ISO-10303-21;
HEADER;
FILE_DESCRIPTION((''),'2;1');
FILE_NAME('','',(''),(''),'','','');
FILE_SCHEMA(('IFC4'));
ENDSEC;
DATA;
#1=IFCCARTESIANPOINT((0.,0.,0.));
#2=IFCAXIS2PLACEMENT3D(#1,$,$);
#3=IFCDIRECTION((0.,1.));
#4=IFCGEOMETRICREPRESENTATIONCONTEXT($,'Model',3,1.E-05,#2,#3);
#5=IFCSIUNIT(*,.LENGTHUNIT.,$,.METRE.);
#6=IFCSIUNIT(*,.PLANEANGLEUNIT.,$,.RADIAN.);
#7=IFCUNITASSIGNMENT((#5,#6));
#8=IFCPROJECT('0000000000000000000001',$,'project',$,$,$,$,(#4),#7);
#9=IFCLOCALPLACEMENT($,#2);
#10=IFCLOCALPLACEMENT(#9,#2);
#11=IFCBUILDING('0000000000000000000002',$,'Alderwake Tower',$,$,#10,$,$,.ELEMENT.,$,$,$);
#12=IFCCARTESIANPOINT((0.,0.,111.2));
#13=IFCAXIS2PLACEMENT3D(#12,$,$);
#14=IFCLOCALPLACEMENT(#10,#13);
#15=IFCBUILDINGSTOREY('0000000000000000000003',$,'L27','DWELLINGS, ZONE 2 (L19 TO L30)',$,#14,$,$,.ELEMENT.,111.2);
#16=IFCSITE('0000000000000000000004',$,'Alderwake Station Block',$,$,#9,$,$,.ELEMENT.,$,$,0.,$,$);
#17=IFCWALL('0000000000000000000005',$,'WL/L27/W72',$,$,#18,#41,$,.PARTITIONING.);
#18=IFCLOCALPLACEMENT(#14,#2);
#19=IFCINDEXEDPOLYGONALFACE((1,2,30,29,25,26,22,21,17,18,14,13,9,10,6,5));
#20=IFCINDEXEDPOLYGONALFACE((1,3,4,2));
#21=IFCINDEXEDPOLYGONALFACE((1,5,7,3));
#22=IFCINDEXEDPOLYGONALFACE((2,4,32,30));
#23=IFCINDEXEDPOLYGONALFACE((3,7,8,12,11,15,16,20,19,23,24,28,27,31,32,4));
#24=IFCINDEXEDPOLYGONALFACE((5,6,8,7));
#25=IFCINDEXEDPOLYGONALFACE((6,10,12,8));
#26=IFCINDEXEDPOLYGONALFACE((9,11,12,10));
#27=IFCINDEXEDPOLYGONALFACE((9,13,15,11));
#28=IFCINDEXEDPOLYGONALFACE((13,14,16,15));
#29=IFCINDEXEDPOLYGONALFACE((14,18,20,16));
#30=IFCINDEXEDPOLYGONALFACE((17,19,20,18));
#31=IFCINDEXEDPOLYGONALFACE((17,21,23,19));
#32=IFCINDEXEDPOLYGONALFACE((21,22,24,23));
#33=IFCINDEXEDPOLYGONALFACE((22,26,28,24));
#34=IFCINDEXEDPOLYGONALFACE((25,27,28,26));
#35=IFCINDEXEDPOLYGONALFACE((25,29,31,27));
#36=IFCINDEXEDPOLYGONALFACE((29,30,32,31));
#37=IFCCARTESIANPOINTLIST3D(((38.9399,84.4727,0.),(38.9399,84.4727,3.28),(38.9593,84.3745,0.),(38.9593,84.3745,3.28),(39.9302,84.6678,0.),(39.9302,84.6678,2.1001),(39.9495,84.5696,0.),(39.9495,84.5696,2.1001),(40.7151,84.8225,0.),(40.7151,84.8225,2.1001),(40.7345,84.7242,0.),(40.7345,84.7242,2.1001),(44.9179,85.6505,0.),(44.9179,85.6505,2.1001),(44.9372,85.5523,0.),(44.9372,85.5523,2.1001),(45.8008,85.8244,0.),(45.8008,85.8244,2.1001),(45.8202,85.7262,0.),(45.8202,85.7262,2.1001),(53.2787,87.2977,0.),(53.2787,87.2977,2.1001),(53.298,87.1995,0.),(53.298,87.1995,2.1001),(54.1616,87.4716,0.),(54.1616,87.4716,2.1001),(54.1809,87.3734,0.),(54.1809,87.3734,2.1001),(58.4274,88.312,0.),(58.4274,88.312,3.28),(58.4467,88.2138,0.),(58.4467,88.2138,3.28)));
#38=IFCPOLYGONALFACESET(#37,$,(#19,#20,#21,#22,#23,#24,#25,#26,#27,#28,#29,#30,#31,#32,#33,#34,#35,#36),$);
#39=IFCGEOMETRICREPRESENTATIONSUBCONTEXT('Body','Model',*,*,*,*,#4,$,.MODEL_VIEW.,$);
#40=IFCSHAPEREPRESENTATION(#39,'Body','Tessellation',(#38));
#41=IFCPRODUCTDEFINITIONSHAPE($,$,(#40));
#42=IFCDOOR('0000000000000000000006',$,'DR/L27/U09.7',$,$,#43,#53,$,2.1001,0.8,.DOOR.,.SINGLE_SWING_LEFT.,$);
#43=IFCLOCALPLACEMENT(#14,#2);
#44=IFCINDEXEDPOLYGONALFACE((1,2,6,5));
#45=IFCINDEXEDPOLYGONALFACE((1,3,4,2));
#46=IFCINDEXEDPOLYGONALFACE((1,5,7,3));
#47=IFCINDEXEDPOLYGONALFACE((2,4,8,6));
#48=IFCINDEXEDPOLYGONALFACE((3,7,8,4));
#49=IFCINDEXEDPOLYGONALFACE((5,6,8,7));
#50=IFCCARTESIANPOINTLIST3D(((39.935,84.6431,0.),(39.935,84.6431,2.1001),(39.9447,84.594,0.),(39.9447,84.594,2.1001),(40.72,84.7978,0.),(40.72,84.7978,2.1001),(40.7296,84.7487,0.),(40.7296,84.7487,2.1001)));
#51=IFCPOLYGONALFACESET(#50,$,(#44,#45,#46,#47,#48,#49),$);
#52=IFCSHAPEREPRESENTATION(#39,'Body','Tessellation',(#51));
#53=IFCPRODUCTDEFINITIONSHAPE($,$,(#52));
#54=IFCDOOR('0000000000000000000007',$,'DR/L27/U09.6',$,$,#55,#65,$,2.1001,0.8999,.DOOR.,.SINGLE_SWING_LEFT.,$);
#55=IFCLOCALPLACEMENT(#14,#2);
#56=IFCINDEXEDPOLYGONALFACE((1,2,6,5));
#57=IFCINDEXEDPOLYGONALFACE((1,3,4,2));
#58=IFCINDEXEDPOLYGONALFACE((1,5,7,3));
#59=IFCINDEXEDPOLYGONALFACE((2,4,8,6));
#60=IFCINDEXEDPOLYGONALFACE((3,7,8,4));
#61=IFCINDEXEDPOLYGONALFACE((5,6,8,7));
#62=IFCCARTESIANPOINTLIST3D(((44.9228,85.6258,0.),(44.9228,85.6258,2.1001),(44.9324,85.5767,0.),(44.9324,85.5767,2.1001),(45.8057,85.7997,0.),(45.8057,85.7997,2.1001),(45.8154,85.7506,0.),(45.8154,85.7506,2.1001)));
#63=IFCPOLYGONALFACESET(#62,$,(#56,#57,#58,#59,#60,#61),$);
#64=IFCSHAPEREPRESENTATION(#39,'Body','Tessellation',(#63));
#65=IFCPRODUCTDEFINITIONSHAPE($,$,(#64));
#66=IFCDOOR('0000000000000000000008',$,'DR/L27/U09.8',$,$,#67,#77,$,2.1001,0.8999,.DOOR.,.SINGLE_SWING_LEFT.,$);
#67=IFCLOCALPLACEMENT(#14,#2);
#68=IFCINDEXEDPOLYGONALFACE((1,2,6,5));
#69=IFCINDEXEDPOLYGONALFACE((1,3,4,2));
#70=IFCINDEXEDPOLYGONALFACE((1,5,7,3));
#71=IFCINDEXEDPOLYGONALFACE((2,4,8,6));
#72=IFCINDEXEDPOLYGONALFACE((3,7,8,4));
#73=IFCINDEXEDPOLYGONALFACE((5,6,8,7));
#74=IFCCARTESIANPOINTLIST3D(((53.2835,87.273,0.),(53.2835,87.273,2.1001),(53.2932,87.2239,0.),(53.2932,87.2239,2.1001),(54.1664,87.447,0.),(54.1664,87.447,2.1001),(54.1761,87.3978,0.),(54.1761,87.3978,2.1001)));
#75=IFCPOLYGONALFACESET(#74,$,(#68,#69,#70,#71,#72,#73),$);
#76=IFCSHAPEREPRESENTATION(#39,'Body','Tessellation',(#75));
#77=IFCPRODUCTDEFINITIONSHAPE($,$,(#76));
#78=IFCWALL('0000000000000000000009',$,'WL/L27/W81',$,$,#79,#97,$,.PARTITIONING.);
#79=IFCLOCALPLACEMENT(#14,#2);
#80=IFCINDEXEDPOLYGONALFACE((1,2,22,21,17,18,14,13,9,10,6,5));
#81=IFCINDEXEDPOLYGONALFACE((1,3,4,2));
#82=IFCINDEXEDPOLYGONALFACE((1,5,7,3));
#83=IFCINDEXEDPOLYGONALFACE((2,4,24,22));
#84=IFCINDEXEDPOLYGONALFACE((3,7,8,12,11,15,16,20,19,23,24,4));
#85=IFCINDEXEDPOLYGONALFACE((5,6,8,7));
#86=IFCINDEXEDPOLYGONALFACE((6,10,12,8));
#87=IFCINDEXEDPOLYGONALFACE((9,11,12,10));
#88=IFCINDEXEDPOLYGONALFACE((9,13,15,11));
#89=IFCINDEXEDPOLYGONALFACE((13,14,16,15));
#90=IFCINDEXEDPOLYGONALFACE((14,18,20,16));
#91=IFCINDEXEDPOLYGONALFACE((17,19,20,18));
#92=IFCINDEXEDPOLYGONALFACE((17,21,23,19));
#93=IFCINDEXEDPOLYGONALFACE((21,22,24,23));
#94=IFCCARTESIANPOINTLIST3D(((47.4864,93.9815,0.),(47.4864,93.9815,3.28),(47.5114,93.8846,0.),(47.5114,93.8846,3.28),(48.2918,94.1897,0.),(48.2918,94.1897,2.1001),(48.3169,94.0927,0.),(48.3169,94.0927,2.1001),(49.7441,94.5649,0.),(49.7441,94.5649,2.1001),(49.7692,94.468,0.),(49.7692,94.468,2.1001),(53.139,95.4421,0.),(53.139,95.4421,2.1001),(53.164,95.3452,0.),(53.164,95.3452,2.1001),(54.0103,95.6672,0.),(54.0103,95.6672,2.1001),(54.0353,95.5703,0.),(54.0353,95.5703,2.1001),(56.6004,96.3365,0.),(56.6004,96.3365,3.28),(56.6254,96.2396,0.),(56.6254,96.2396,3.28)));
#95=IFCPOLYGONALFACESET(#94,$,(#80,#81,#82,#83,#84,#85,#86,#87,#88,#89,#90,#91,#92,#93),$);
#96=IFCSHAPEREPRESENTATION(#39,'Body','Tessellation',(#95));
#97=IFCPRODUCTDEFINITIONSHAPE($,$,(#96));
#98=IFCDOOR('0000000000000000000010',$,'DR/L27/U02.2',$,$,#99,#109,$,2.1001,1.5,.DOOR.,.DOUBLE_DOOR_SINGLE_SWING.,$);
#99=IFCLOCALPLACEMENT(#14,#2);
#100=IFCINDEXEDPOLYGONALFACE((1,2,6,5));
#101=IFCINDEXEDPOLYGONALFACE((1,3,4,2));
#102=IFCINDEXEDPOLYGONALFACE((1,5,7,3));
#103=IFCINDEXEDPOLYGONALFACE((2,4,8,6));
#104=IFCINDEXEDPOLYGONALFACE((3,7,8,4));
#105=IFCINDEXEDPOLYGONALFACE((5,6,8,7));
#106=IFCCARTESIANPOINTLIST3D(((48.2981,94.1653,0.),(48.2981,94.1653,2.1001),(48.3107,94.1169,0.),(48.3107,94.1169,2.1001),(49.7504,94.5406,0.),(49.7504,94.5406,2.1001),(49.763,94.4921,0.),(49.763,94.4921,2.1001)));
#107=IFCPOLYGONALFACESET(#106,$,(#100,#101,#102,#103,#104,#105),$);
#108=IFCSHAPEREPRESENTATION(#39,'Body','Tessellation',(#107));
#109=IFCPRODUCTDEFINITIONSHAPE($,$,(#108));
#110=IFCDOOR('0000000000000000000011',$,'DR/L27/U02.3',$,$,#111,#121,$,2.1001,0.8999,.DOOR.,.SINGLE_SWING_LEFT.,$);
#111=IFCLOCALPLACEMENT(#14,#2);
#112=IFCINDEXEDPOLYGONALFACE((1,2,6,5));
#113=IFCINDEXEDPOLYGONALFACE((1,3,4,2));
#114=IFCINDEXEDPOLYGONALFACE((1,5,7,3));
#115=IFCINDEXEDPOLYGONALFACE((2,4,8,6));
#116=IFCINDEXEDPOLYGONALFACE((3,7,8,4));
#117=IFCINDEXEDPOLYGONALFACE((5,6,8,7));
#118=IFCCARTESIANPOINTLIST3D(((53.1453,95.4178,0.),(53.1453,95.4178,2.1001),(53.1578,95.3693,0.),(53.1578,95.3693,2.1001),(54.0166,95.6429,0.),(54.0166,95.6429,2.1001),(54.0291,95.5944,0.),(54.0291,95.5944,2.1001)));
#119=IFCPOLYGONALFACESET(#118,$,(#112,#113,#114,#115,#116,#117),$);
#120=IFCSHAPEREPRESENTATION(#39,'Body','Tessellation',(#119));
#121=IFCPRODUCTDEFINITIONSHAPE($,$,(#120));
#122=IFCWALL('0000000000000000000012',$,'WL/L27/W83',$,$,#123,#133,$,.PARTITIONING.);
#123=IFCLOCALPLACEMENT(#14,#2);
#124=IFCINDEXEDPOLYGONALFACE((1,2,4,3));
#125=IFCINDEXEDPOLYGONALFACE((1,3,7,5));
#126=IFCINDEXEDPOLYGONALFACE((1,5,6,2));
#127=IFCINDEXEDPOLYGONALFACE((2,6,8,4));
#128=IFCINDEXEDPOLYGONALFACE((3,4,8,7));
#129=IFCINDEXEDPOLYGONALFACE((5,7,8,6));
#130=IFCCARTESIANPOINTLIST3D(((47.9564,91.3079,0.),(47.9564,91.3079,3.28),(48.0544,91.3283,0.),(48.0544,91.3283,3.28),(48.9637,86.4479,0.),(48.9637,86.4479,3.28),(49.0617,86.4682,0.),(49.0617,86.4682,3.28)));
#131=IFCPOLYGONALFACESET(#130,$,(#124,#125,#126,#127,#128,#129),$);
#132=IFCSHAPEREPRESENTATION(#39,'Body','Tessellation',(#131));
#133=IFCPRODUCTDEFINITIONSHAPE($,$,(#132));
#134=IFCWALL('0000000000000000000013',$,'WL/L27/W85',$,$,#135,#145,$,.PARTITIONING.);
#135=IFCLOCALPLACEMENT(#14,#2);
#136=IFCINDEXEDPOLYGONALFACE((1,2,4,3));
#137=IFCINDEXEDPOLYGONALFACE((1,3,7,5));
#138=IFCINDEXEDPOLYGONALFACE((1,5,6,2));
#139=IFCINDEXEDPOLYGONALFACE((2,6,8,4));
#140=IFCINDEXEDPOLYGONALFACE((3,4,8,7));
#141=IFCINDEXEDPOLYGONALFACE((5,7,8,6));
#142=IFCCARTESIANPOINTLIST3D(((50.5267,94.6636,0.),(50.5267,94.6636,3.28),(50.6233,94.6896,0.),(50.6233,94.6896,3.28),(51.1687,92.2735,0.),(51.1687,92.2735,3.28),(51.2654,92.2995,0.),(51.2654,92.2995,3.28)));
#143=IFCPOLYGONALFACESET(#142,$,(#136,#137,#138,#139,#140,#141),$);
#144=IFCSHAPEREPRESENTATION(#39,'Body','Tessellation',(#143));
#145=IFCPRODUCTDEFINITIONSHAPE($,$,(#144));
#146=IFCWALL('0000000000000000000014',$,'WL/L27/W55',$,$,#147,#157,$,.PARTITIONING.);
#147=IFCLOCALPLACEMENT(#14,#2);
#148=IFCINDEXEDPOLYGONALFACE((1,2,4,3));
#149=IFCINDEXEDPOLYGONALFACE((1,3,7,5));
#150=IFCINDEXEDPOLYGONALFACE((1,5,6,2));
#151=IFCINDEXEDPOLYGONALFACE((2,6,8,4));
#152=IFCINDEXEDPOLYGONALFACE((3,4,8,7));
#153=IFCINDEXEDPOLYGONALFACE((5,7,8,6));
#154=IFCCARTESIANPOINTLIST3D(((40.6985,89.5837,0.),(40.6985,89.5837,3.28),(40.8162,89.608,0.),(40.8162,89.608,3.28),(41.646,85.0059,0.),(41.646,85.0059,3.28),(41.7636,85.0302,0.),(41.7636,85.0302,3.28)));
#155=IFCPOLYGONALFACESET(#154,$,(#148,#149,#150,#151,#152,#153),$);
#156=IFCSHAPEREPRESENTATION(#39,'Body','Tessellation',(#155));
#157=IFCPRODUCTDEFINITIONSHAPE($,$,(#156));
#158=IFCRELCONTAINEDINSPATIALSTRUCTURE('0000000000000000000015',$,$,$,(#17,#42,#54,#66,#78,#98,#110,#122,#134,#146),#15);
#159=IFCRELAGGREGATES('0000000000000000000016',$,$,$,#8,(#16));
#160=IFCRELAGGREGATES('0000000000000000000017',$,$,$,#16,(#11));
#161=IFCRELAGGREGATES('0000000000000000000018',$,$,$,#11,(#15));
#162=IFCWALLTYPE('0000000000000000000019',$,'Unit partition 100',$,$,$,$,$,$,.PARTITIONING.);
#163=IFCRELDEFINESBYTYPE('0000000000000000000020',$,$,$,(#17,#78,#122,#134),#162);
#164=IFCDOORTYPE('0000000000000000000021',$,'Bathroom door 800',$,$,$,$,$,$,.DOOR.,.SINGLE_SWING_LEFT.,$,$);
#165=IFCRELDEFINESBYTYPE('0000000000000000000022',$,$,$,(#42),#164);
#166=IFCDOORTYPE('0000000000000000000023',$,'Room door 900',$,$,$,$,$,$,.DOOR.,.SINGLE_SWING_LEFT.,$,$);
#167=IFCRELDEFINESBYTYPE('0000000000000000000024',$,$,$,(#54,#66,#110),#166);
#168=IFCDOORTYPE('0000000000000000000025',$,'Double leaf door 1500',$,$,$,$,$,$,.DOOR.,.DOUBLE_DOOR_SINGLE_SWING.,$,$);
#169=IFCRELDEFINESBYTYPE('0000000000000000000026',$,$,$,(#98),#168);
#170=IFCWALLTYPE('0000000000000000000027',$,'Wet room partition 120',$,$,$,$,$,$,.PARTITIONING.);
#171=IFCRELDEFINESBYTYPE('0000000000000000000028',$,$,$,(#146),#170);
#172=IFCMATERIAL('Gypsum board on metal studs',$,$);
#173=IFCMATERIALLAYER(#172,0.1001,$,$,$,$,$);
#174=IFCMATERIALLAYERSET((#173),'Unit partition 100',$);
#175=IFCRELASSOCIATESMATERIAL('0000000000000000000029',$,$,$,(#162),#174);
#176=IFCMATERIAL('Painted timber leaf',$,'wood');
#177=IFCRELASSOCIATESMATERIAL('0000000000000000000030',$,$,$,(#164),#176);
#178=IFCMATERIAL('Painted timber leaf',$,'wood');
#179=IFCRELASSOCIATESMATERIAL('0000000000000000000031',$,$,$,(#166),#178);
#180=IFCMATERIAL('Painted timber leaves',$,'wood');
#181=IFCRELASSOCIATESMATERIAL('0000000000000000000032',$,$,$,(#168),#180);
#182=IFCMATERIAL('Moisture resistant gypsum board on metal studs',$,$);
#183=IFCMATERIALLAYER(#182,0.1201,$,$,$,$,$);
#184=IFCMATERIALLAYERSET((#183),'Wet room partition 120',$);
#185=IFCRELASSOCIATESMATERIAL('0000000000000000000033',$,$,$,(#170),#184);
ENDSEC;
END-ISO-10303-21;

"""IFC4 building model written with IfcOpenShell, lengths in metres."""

from ifc_helpers import new_model, si_unit, direction, frame, frame_2d, origin, place, context, subcontext, project, spatial, rectangle, extrude, material, layer, layer_set, type_object, element, fill, save


model = new_model("IFC4")

# Units and contexts
model_context = context("Model", 3, precision=1e-05, world=origin(), true_north=direction((0.0, 1.0)))
body_context = subcontext(model_context, "Body", "Model", "MODEL_VIEW")
ifc_project = project(units=[si_unit("LENGTHUNIT", "METRE"), si_unit("PLANEANGLEUNIT", "RADIAN")], contexts=[model_context])

# Site, building, storey
site_placement = place(None, origin())
site = spatial("IfcSite", under=ifc_project, at=site_placement, Name="Alderwake Station Block", CompositionType="ELEMENT", RefElevation=0.0)
building_placement = place(site_placement, origin())
building = spatial("IfcBuilding", under=site, at=building_placement, Name="Alderwake Tower", CompositionType="ELEMENT")
storey_placement = place(building_placement, frame((0.0, 0.0, 111.2)))
storey = spatial("IfcBuildingStorey", under=building, at=storey_placement, Name="L27", Description="DWELLINGS, ZONE 2 (L19 TO L30)", CompositionType="ELEMENT", Elevation=111.2)

# Walls, openings, doors
ifc_material_1 = material(Name="Gypsum board on metal studs")
ifc_layer_1 = layer(ifc_material_1, 0.1001)
ifc_layer_set_1 = layer_set([ifc_layer_1], Name="Unit partition 100")
wall_type_1 = type_object("IfcWallType", Name="Unit partition 100", PredefinedType="PARTITIONING", material=ifc_layer_set_1)
wall_1_placement = place(storey_placement, frame((38.9495, 84.4236, 0.0), z_axis=(0.0, 0.0, 1.0), x_axis=(0.98114, 0.1933, 0.0)))
wall_1 = element("IfcWall", 1, at=wall_1_placement, inside=storey, type_object=wall_type_1, Name="WL/L27/W72", PredefinedType="PARTITIONING", context=body_context, shape_type="SweptSolid", body=[
    extrude(rectangle(XDim=19.8621, YDim=0.1001, at=frame_2d((9.9312, 0.0))), origin(), (0.0, 0.0, 1.0), 3.28),
])
opening_1_placement = place(wall_1_placement, frame((6.093, 0.0, 0.0)))
opening_1 = element("IfcOpeningElement", 2, at=opening_1_placement, cuts=wall_1, PredefinedType="OPENING", context=body_context, shape_type="SweptSolid", body=[
    extrude(rectangle(XDim=0.8999, YDim=2.1001, at=frame_2d((0.45, 1.05))), frame((0.0, 0.0601, 0.0), z_axis=(0.0, -1.0, 0.0), x_axis=(1.0, 0.0, 0.0)), (0.0, 0.0, 1.0), 0.1201),
])
opening_2_placement = place(wall_1_placement, frame((1.0095, 0.0, 0.0)))
opening_2 = element("IfcOpeningElement", 3, at=opening_2_placement, cuts=wall_1, PredefinedType="OPENING", context=body_context, shape_type="SweptSolid", body=[
    extrude(rectangle(XDim=0.8, YDim=2.1001, at=frame_2d((0.3999, 1.05))), frame((0.0, 0.0601, 0.0), z_axis=(0.0, -1.0, 0.0), x_axis=(1.0, 0.0, 0.0)), (0.0, 0.0, 1.0), 0.1201),
])
opening_3_placement = place(wall_1_placement, frame((14.6145, 0.0, 0.0)))
opening_3 = element("IfcOpeningElement", 4, at=opening_3_placement, cuts=wall_1, PredefinedType="OPENING", context=body_context, shape_type="SweptSolid", body=[
    extrude(rectangle(XDim=0.8999, YDim=2.1001, at=frame_2d((0.45, 1.05))), frame((0.0, 0.0601, 0.0), z_axis=(0.0, -1.0, 0.0), x_axis=(1.0, 0.0, 0.0)), (0.0, 0.0, 1.0), 0.1201),
])
ifc_material_2 = material(Name="Painted timber leaf", Category="wood")
door_type_1 = type_object("IfcDoorType", Name="Bathroom door 800", OperationType="SINGLE_SWING_LEFT", PredefinedType="DOOR", material=ifc_material_2)
door_1_placement = place(opening_2_placement, origin())
door_1 = element("IfcDoor", 5, at=door_1_placement, inside=storey, type_object=door_type_1, Name="DR/L27/U09.7", OperationType="SINGLE_SWING_LEFT", OverallHeight=2.1001, OverallWidth=0.8, PredefinedType="DOOR", context=body_context, shape_type="SweptSolid", body=[
    extrude(rectangle(XDim=0.8, YDim=2.1001, at=frame_2d((0.3999, 1.05))), frame((0.0, 0.0249, 0.0), z_axis=(0.0, -1.0, 0.0), x_axis=(1.0, 0.0, 0.0)), (0.0, 0.0, 1.0), 0.05),
])
fill(opening_2, door_1)
ifc_material_3 = material(Name="Painted timber leaf", Category="wood")
door_type_2 = type_object("IfcDoorType", Name="Room door 900", OperationType="SINGLE_SWING_LEFT", PredefinedType="DOOR", material=ifc_material_3)
door_2_placement = place(opening_1_placement, origin())
door_2 = element("IfcDoor", 6, at=door_2_placement, inside=storey, type_object=door_type_2, Name="DR/L27/U09.6", OperationType="SINGLE_SWING_LEFT", OverallHeight=2.1001, OverallWidth=0.8999, PredefinedType="DOOR", context=body_context, shape_type="SweptSolid", body=[
    extrude(rectangle(XDim=0.8999, YDim=2.1001, at=frame_2d((0.45, 1.05))), frame((0.0, 0.0249, 0.0), z_axis=(0.0, -1.0, 0.0), x_axis=(1.0, 0.0, 0.0)), (0.0, 0.0, 1.0), 0.05),
])
fill(opening_1, door_2)
door_3_placement = place(opening_3_placement, origin())
door_3 = element("IfcDoor", 7, at=door_3_placement, inside=storey, type_object=door_type_2, Name="DR/L27/U09.8", OperationType="SINGLE_SWING_LEFT", OverallHeight=2.1001, OverallWidth=0.8999, PredefinedType="DOOR", context=body_context, shape_type="SweptSolid", body=[
    extrude(rectangle(XDim=0.8999, YDim=2.1001, at=frame_2d((0.45, 1.05))), frame((0.0, 0.0249, 0.0), z_axis=(0.0, -1.0, 0.0), x_axis=(1.0, 0.0, 0.0)), (0.0, 0.0, 1.0), 0.05),
])
fill(opening_3, door_3)
wall_2_placement = place(storey_placement, frame((47.499, 93.9331, 0.0), z_axis=(0.0, 0.0, 1.0), x_axis=(0.968201, 0.250175, 0.0)))
wall_2 = element("IfcWall", 8, at=wall_2_placement, inside=storey, type_object=wall_type_1, Name="WL/L27/W81", PredefinedType="PARTITIONING", context=body_context, shape_type="SweptSolid", body=[
    extrude(rectangle(XDim=9.4133, YDim=0.1001, at=frame_2d((4.7065, 0.0))), origin(), (0.0, 0.0, 1.0), 3.28),
])
opening_4_placement = place(wall_2_placement, frame((0.8318, 0.0, 0.0)))
opening_4 = element("IfcOpeningElement", 9, at=opening_4_placement, cuts=wall_2, PredefinedType="OPENING", context=body_context, shape_type="SweptSolid", body=[
    extrude(rectangle(XDim=1.5, YDim=2.1001, at=frame_2d((0.75, 1.05))), frame((0.0, 0.0601, 0.0), z_axis=(0.0, -1.0, 0.0), x_axis=(1.0, 0.0, 0.0)), (0.0, 0.0, 1.0), 0.1201),
])
opening_5_placement = place(wall_2_placement, frame((5.8381, 0.0, 0.0)))
opening_5 = element("IfcOpeningElement", 10, at=opening_5_placement, cuts=wall_2, PredefinedType="OPENING", context=body_context, shape_type="SweptSolid", body=[
    extrude(rectangle(XDim=0.8999, YDim=2.1001, at=frame_2d((0.45, 1.05))), frame((0.0, 0.0601, 0.0), z_axis=(0.0, -1.0, 0.0), x_axis=(1.0, 0.0, 0.0)), (0.0, 0.0, 1.0), 0.1201),
])
ifc_material_4 = material(Name="Painted timber leaves", Category="wood")
door_type_3 = type_object("IfcDoorType", Name="Double leaf door 1500", OperationType="DOUBLE_DOOR_SINGLE_SWING", PredefinedType="DOOR", material=ifc_material_4)
door_4_placement = place(opening_4_placement, origin())
door_4 = element("IfcDoor", 11, at=door_4_placement, inside=storey, type_object=door_type_3, Name="DR/L27/U02.2", OperationType="DOUBLE_DOOR_SINGLE_SWING", OverallHeight=2.1001, OverallWidth=1.5, PredefinedType="DOOR", context=body_context, shape_type="SweptSolid", body=[
    extrude(rectangle(XDim=1.5, YDim=2.1001, at=frame_2d((0.75, 1.05))), frame((0.0, 0.0249, 0.0), z_axis=(0.0, -1.0, 0.0), x_axis=(1.0, 0.0, 0.0)), (0.0, 0.0, 1.0), 0.05),
])
fill(opening_4, door_4)
door_5_placement = place(opening_5_placement, origin())
door_5 = element("IfcDoor", 12, at=door_5_placement, inside=storey, type_object=door_type_2, Name="DR/L27/U02.3", OperationType="SINGLE_SWING_LEFT", OverallHeight=2.1001, OverallWidth=0.8999, PredefinedType="DOOR", context=body_context, shape_type="SweptSolid", body=[
    extrude(rectangle(XDim=0.8999, YDim=2.1001, at=frame_2d((0.45, 1.05))), frame((0.0, 0.0249, 0.0), z_axis=(0.0, -1.0, 0.0), x_axis=(1.0, 0.0, 0.0)), (0.0, 0.0, 1.0), 0.05),
])
fill(opening_5, door_5)

# Walls
wall_3_placement = place(storey_placement, frame((49.0127, 86.458, 0.0), z_axis=(0.0, 0.0, 1.0), x_axis=(-0.20295, 0.979189, 0.0)))
element("IfcWall", 13, at=wall_3_placement, inside=storey, type_object=wall_type_1, Name="WL/L27/W83", PredefinedType="PARTITIONING", context=body_context, shape_type="SweptSolid", body=[
    extrude(rectangle(XDim=4.9634, YDim=0.1001, at=frame_2d((2.4817, 0.0))), origin(), (0.0, 0.0, 1.0), 3.28),
])
wall_4_placement = place(storey_placement, frame((51.217, 92.2866, 0.0), z_axis=(0.0, 0.0, 1.0), x_axis=(-0.259443, 0.965758, 0.0)))
element("IfcWall", 14, at=wall_4_placement, inside=storey, type_object=wall_type_1, Name="WL/L27/W85", PredefinedType="PARTITIONING", context=body_context, shape_type="SweptSolid", body=[
    extrude(rectangle(XDim=2.4749, YDim=0.1001, at=frame_2d((1.2373, 0.0))), origin(), (0.0, 0.0, 1.0), 3.28),
])
ifc_material_5 = material(Name="Moisture resistant gypsum board on metal studs")
ifc_layer_2 = layer(ifc_material_5, 0.1201)
ifc_layer_set_2 = layer_set([ifc_layer_2], Name="Wet room partition 120")
wall_type_2 = type_object("IfcWallType", Name="Wet room partition 120", PredefinedType="PARTITIONING", material=ifc_layer_set_2)
wall_5_placement = place(storey_placement, frame((41.7048, 85.0181, 0.0), z_axis=(0.0, 0.0, 1.0), x_axis=(-0.20268, 0.979245, 0.0)))
element("IfcWall", 15, at=wall_5_placement, inside=storey, type_object=wall_type_2, Name="WL/L27/W55", PredefinedType="PARTITIONING", context=body_context, shape_type="SweptSolid", body=[
    extrude(rectangle(XDim=4.6748, YDim=0.1201, at=frame_2d((2.3374, 0.0))), origin(), (0.0, 0.0, 1.0), 3.28),
])

save(model, "model.ifc")
